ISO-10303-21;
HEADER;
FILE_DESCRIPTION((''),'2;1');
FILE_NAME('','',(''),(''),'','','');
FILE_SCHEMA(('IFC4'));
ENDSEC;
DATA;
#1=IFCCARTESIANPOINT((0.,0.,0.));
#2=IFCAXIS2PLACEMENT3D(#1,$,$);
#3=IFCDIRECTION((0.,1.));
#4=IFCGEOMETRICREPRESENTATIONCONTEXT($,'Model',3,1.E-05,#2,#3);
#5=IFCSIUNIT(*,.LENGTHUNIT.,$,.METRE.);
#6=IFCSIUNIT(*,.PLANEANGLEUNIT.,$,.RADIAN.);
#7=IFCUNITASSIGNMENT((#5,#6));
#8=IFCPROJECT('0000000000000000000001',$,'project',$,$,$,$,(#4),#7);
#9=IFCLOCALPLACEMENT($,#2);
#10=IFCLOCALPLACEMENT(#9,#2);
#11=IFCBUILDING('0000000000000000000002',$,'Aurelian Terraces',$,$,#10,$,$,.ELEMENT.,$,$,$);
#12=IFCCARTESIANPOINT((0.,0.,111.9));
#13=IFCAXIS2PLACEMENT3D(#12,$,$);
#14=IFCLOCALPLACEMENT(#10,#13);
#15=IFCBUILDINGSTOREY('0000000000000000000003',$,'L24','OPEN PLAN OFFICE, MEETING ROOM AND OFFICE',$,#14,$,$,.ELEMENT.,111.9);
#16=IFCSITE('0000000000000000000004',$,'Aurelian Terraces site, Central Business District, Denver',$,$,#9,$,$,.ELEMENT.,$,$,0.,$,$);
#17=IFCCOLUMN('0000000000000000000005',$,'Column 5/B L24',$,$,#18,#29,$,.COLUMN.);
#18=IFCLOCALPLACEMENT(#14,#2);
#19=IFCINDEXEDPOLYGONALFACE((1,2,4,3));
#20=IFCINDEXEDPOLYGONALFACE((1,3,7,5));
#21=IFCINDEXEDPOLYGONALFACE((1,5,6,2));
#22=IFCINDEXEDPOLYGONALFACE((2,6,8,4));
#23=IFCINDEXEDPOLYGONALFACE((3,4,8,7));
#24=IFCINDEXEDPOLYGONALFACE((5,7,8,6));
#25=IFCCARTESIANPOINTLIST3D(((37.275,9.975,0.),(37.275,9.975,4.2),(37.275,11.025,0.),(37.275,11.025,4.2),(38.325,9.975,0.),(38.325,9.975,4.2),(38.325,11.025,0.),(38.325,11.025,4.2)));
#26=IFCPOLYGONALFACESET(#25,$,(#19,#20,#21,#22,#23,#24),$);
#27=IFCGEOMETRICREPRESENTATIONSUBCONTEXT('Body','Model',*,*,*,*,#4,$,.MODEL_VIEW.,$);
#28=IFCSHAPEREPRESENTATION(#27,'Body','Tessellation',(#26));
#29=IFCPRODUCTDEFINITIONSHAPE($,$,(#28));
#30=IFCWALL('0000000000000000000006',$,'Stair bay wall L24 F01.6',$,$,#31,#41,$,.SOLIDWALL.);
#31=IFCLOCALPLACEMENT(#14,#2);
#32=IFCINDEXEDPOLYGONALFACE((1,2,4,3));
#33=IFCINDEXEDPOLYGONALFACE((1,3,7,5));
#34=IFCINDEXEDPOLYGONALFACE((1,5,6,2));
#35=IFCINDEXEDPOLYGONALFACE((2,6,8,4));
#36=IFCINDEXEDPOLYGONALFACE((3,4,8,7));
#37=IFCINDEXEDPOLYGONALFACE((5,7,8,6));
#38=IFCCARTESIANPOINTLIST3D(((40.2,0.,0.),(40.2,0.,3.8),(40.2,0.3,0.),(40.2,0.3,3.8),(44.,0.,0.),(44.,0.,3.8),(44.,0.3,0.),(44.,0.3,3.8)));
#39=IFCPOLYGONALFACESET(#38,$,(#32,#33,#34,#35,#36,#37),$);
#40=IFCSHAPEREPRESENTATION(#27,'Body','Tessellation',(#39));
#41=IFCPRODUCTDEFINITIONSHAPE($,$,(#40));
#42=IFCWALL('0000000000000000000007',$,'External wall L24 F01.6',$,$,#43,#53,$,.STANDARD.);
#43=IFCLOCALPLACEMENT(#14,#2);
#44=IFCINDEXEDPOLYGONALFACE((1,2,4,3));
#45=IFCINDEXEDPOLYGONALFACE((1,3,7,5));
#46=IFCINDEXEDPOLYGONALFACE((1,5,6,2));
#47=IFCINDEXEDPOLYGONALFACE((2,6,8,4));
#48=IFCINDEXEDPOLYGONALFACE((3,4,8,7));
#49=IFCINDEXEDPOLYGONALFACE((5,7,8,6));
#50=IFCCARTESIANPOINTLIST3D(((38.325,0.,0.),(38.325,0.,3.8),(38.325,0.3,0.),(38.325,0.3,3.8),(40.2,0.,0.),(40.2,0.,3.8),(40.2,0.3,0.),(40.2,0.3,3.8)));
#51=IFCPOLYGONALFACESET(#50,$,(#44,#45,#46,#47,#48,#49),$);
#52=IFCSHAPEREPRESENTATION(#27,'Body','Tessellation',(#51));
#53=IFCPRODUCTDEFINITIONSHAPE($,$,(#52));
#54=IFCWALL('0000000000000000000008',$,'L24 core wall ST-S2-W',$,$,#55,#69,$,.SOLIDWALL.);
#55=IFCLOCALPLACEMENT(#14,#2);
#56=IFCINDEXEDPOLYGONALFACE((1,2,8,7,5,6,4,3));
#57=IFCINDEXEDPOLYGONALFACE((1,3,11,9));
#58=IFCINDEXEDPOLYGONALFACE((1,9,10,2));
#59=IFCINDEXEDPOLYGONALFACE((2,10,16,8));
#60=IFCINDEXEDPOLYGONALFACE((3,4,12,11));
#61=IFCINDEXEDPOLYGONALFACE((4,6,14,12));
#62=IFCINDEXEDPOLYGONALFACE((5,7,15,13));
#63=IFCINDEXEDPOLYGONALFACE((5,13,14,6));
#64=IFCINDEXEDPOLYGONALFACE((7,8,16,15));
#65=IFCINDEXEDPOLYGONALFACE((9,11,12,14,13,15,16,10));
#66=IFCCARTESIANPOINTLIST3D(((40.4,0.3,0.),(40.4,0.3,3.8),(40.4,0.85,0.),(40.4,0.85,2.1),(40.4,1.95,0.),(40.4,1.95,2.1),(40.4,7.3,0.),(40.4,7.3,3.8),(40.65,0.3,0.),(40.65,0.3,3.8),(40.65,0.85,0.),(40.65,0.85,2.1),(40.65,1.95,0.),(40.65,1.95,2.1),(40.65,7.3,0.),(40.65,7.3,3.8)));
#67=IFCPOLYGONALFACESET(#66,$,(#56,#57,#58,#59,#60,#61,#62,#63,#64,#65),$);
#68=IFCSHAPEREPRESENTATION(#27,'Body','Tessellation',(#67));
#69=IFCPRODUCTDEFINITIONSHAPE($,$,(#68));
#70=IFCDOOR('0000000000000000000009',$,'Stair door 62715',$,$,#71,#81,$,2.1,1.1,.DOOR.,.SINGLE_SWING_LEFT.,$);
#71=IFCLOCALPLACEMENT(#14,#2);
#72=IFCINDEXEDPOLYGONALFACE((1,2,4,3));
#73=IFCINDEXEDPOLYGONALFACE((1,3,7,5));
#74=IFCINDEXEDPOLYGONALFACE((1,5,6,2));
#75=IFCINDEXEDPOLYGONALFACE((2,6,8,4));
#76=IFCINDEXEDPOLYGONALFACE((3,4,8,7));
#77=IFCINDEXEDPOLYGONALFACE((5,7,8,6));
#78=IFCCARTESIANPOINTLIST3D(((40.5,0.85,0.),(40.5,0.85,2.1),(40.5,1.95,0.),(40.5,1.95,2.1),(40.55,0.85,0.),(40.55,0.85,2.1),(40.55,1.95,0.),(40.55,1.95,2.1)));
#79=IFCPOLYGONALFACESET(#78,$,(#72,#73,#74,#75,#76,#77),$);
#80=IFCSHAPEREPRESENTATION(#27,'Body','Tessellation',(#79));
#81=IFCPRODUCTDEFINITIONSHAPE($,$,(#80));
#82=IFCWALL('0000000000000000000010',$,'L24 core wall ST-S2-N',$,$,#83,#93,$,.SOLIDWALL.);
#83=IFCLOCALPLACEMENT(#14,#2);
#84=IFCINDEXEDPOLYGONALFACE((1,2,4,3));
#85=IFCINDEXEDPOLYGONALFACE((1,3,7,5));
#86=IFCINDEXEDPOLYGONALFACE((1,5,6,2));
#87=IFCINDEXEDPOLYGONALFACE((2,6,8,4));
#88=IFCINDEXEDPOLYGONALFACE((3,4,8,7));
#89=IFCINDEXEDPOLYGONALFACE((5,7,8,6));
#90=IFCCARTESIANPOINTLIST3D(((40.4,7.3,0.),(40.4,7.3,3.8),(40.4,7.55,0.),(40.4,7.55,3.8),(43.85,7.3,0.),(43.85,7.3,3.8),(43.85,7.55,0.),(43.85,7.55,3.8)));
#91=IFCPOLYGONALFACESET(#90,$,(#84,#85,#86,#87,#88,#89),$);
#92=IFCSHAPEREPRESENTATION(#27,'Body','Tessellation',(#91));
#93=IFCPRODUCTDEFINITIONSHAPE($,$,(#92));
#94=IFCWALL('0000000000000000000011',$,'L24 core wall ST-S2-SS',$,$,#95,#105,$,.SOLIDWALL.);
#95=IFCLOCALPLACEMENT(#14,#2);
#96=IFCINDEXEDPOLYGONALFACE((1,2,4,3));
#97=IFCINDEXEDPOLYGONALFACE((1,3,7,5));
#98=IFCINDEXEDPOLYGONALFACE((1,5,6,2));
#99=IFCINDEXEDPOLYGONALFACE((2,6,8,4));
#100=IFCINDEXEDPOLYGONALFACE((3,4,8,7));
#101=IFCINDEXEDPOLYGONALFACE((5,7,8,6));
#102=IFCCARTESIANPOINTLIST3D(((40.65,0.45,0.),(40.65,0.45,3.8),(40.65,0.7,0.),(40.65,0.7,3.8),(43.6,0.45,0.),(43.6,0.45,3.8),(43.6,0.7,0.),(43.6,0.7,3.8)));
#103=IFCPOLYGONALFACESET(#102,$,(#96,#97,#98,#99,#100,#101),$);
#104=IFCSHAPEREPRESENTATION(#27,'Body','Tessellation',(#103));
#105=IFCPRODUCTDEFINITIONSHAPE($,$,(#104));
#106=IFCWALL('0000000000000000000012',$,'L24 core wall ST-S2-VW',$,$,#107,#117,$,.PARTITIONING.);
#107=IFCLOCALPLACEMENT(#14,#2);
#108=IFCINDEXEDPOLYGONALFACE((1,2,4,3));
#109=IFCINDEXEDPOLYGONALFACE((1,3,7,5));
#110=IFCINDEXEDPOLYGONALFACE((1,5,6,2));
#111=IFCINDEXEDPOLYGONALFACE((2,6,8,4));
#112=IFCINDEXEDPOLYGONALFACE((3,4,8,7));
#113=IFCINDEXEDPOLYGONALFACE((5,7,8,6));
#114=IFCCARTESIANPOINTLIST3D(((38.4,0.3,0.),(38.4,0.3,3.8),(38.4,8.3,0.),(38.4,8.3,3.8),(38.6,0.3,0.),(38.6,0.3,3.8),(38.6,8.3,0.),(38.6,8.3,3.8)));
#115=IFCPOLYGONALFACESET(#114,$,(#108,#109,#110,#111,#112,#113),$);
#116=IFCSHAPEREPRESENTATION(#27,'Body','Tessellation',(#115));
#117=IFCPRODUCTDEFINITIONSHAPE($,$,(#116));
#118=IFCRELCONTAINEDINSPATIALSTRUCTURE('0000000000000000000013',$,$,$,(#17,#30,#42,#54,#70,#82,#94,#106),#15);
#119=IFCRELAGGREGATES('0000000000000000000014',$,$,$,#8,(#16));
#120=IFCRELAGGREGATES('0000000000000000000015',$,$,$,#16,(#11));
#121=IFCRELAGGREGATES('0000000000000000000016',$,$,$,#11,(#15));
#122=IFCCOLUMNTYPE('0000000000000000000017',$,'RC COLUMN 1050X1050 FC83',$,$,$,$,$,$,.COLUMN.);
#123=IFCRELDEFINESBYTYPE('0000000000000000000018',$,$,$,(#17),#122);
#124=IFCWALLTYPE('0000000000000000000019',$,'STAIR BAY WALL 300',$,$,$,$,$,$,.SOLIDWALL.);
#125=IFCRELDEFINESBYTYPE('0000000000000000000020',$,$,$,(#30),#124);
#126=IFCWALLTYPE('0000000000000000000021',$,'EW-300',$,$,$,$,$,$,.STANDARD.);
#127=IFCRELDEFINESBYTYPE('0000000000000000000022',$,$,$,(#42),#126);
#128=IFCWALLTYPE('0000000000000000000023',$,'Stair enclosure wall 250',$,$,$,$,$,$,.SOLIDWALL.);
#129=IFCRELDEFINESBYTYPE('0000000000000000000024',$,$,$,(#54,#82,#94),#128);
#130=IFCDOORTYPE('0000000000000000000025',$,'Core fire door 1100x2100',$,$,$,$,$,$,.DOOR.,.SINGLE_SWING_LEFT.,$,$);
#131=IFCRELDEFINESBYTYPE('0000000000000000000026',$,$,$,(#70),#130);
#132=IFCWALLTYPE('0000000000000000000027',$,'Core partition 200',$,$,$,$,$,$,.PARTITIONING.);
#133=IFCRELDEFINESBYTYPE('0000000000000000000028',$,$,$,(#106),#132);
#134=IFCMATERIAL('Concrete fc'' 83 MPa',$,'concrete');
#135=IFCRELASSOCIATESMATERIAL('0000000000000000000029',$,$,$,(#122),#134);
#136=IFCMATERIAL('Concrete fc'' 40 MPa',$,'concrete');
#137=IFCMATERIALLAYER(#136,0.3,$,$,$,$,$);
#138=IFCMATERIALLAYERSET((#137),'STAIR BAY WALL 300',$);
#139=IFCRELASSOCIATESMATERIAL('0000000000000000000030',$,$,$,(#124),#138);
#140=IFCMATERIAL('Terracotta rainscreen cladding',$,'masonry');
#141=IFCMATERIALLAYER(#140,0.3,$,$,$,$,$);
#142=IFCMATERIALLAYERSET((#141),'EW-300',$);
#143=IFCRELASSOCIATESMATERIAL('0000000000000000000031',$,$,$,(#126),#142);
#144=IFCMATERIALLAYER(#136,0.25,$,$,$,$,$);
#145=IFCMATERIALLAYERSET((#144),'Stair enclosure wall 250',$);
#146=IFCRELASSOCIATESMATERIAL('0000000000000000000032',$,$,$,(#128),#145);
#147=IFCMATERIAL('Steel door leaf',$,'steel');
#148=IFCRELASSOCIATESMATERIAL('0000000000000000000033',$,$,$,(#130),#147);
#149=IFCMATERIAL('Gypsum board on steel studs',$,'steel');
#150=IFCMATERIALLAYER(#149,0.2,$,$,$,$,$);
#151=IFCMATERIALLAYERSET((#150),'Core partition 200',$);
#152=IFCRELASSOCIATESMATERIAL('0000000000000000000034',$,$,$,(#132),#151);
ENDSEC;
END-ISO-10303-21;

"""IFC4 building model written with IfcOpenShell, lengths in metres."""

from ifc_helpers import new_model, si_unit, direction, frame, frame_2d, origin, origin_2d, place, context, subcontext, project, spatial, rectangle, extrude, source, transform, mapped, material, layer, layer_set, material_profile, profile_set, type_object, element, fill, save


model = new_model("IFC4")

# Units and contexts
model_context = context("Model", 3, precision=1e-05, world=origin(), true_north=direction((0.0, 1.0)))
body_context = subcontext(model_context, "Body", "Model", "MODEL_VIEW")
ifc_project = project(units=[si_unit("LENGTHUNIT", "METRE"), si_unit("PLANEANGLEUNIT", "RADIAN")], contexts=[model_context])

# Site, building, storey
site_placement = place(None, origin())
site = spatial("IfcSite", under=ifc_project, at=site_placement, Name="Aurelian Terraces site, Central Business District, Denver", CompositionType="ELEMENT", RefElevation=0.0)
building_placement = place(site_placement, origin())
building = spatial("IfcBuilding", under=site, at=building_placement, Name="Aurelian Terraces", CompositionType="ELEMENT")
storey_placement = place(building_placement, frame((0.0, 0.0, 111.9)))
storey = spatial("IfcBuildingStorey", under=building, at=storey_placement, Name="L24", Description="OPEN PLAN OFFICE, MEETING ROOM AND OFFICE", CompositionType="ELEMENT", Elevation=111.9)

# Column
ifc_material_1 = material(Name="Concrete fc' 83 MPa", Category="concrete")
ifc_material_profile = material_profile(ifc_material_1, rectangle(XDim=1.05, YDim=1.05, at=origin_2d()))
ifc_profile_set = profile_set([ifc_material_profile], Name="Concrete fc' 83 MPa")
column_type = type_object("IfcColumnType", Name="RC COLUMN 1050X1050 FC83", PredefinedType="COLUMN", material=ifc_profile_set)
shared_shape_1 = source(origin(), body_context, "Body", "SweptSolid", [
    extrude(rectangle(XDim=1.05, YDim=1.05, at=origin_2d()), origin(), (0.0, 0.0, 1.0), 4.2),
])
column_placement = place(storey_placement, frame((37.8, 10.5, 0.0), z_axis=(0.0, 0.0, 1.0), x_axis=(1.0, 0.0, 0.0)))
element("IfcColumn", 1, at=column_placement, inside=storey, type_object=column_type, Name="Column 5/B L24", PredefinedType="COLUMN", context=body_context, shape_type="MappedRepresentation", body=[
    mapped(shared_shape_1, transform((0.0, 0.0, 0.0), scale=1.0)),
])

# Walls
ifc_material_2 = material(Name="Concrete fc' 40 MPa", Category="concrete")
ifc_layer_1 = layer(ifc_material_2, 0.3)
ifc_layer_set_1 = layer_set([ifc_layer_1], Name="STAIR BAY WALL 300")
wall_type_1 = type_object("IfcWallType", Name="STAIR BAY WALL 300", PredefinedType="SOLIDWALL", material=ifc_layer_set_1)
shared_shape_2 = source(origin(), body_context, "Body", "SweptSolid", [
    extrude(rectangle(XDim=3.8, YDim=0.3, at=frame_2d((1.9, 0.0))), origin(), (0.0, 0.0, 1.0), 3.8),
])
wall_1_placement = place(storey_placement, frame((40.2, 0.15, 0.0), z_axis=(0.0, 0.0, 1.0), x_axis=(1.0, 0.0, 0.0)))
element("IfcWall", 2, at=wall_1_placement, inside=storey, type_object=wall_type_1, Name="Stair bay wall L24 F01.6", PredefinedType="SOLIDWALL", context=body_context, shape_type="MappedRepresentation", body=[
    mapped(shared_shape_2, transform((0.0, 0.0, 0.0), scale=1.0)),
])
ifc_material_3 = material(Name="Terracotta rainscreen cladding", Category="masonry")
ifc_layer_2 = layer(ifc_material_3, 0.3)
ifc_layer_set_2 = layer_set([ifc_layer_2], Name="EW-300")
wall_type_2 = type_object("IfcWallType", Name="EW-300", PredefinedType="STANDARD", material=ifc_layer_set_2)
shared_shape_3 = source(origin(), body_context, "Body", "SweptSolid", [
    extrude(rectangle(XDim=1.875, YDim=0.3, at=frame_2d((0.9375, 0.0))), origin(), (0.0, 0.0, 1.0), 3.8),
])
wall_2_placement = place(storey_placement, frame((38.325, 0.15, 0.0), z_axis=(0.0, 0.0, 1.0), x_axis=(1.0, 0.0, 0.0)))
element("IfcWall", 3, at=wall_2_placement, inside=storey, type_object=wall_type_2, Name="External wall L24 F01.6", PredefinedType="STANDARD", context=body_context, shape_type="MappedRepresentation", body=[
    mapped(shared_shape_3, transform((0.0, 0.0, 0.0), scale=1.0)),
])

# Wall, opening, door
ifc_layer_3 = layer(ifc_material_2, 0.25)
ifc_layer_set_3 = layer_set([ifc_layer_3], Name="Stair enclosure wall 250")
wall_type_3 = type_object("IfcWallType", Name="Stair enclosure wall 250", PredefinedType="SOLIDWALL", material=ifc_layer_set_3)
shared_shape_4 = source(origin(), body_context, "Body", "SweptSolid", [
    extrude(rectangle(XDim=7.0, YDim=0.25, at=frame_2d((3.5, 0.0))), origin(), (0.0, 0.0, 1.0), 3.8),
])
wall_3_placement = place(storey_placement, frame((40.525, 0.3, 0.0), z_axis=(0.0, 0.0, 1.0), x_axis=(0.0, 1.0, 0.0)))
wall_3 = element("IfcWall", 4, at=wall_3_placement, inside=storey, type_object=wall_type_3, Name="L24 core wall ST-S2-W", PredefinedType="SOLIDWALL", context=body_context, shape_type="MappedRepresentation", body=[
    mapped(shared_shape_4, transform((0.0, 0.0, 0.0), scale=1.0)),
])
shared_shape_5 = source(origin(), body_context, "Body", "SweptSolid", [
    extrude(rectangle(XDim=1.1, YDim=2.1, at=frame_2d((0.55, 1.05))), frame((0.0, 0.135, 0.0), z_axis=(0.0, -1.0, 0.0), x_axis=(1.0, 0.0, 0.0)), (0.0, 0.0, 1.0), 0.27),
])
opening_1_placement = place(wall_3_placement, frame((0.55, 0.0, 0.0)))
opening_1 = element("IfcOpeningElement", 5, at=opening_1_placement, cuts=wall_3, PredefinedType="OPENING", context=body_context, shape_type="MappedRepresentation", body=[
    mapped(shared_shape_5, transform((0.0, 0.0, 0.0), scale=1.0)),
])
ifc_material_4 = material(Name="Steel door leaf", Category="steel")
door_type_1 = type_object("IfcDoorType", Name="Core fire door 1100x2100", OperationType="SINGLE_SWING_LEFT", PredefinedType="DOOR", material=ifc_material_4)
shared_shape_6 = source(origin(), body_context, "Body", "SweptSolid", [
    extrude(rectangle(XDim=1.1, YDim=2.1, at=frame_2d((0.55, 1.05))), frame((0.0, 0.025, 0.0), z_axis=(0.0, -1.0, 0.0), x_axis=(1.0, 0.0, 0.0)), (0.0, 0.0, 1.0), 0.05),
])
door_1_placement = place(opening_1_placement, origin())
door_1 = element("IfcDoor", 6, at=door_1_placement, inside=storey, type_object=door_type_1, Name="Stair door 62715", OperationType="SINGLE_SWING_LEFT", OverallHeight=2.1, OverallWidth=1.1, PredefinedType="DOOR", context=body_context, shape_type="MappedRepresentation", body=[
    mapped(shared_shape_6, transform((0.0, 0.0, 0.0), scale=1.0)),
])
fill(opening_1, door_1)

# Walls
shared_shape_7 = source(origin(), body_context, "Body", "SweptSolid", [
    extrude(rectangle(XDim=3.45, YDim=0.25, at=frame_2d((1.725, 0.0))), origin(), (0.0, 0.0, 1.0), 3.8),
])
wall_4_placement = place(storey_placement, frame((40.4, 7.425, 0.0), z_axis=(0.0, 0.0, 1.0), x_axis=(1.0, 0.0, 0.0)))
element("IfcWall", 7, at=wall_4_placement, inside=storey, type_object=wall_type_3, Name="L24 core wall ST-S2-N", PredefinedType="SOLIDWALL", context=body_context, shape_type="MappedRepresentation", body=[
    mapped(shared_shape_7, transform((0.0, 0.0, 0.0), scale=1.0)),
])
shared_shape_8 = source(origin(), body_context, "Body", "SweptSolid", [
    extrude(rectangle(XDim=2.95, YDim=0.25, at=frame_2d((1.475, 0.0))), origin(), (0.0, 0.0, 1.0), 3.8),
])
wall_5_placement = place(storey_placement, frame((40.65, 0.575, 0.0), z_axis=(0.0, 0.0, 1.0), x_axis=(1.0, 0.0, 0.0)))
element("IfcWall", 8, at=wall_5_placement, inside=storey, type_object=wall_type_3, Name="L24 core wall ST-S2-SS", PredefinedType="SOLIDWALL", context=body_context, shape_type="MappedRepresentation", body=[
    mapped(shared_shape_8, transform((0.0, 0.0, 0.0), scale=1.0)),
])
ifc_material_5 = material(Name="Gypsum board on steel studs", Category="steel")
ifc_layer_4 = layer(ifc_material_5, 0.2)
ifc_layer_set_4 = layer_set([ifc_layer_4], Name="Core partition 200")
wall_type_4 = type_object("IfcWallType", Name="Core partition 200", PredefinedType="PARTITIONING", material=ifc_layer_set_4)
shared_shape_9 = source(origin(), body_context, "Body", "SweptSolid", [
    extrude(rectangle(XDim=8.0, YDim=0.2, at=frame_2d((4.0, 0.0))), origin(), (0.0, 0.0, 1.0), 3.8),
])
wall_6_placement = place(storey_placement, frame((38.5, 0.3, 0.0), z_axis=(0.0, 0.0, 1.0), x_axis=(0.0, 1.0, 0.0)))
element("IfcWall", 9, at=wall_6_placement, inside=storey, type_object=wall_type_4, Name="L24 core wall ST-S2-VW", PredefinedType="PARTITIONING", context=body_context, shape_type="MappedRepresentation", body=[
    mapped(shared_shape_9, transform((0.0, 0.0, 0.0), scale=1.0)),
])

save(model, "model.ifc")
